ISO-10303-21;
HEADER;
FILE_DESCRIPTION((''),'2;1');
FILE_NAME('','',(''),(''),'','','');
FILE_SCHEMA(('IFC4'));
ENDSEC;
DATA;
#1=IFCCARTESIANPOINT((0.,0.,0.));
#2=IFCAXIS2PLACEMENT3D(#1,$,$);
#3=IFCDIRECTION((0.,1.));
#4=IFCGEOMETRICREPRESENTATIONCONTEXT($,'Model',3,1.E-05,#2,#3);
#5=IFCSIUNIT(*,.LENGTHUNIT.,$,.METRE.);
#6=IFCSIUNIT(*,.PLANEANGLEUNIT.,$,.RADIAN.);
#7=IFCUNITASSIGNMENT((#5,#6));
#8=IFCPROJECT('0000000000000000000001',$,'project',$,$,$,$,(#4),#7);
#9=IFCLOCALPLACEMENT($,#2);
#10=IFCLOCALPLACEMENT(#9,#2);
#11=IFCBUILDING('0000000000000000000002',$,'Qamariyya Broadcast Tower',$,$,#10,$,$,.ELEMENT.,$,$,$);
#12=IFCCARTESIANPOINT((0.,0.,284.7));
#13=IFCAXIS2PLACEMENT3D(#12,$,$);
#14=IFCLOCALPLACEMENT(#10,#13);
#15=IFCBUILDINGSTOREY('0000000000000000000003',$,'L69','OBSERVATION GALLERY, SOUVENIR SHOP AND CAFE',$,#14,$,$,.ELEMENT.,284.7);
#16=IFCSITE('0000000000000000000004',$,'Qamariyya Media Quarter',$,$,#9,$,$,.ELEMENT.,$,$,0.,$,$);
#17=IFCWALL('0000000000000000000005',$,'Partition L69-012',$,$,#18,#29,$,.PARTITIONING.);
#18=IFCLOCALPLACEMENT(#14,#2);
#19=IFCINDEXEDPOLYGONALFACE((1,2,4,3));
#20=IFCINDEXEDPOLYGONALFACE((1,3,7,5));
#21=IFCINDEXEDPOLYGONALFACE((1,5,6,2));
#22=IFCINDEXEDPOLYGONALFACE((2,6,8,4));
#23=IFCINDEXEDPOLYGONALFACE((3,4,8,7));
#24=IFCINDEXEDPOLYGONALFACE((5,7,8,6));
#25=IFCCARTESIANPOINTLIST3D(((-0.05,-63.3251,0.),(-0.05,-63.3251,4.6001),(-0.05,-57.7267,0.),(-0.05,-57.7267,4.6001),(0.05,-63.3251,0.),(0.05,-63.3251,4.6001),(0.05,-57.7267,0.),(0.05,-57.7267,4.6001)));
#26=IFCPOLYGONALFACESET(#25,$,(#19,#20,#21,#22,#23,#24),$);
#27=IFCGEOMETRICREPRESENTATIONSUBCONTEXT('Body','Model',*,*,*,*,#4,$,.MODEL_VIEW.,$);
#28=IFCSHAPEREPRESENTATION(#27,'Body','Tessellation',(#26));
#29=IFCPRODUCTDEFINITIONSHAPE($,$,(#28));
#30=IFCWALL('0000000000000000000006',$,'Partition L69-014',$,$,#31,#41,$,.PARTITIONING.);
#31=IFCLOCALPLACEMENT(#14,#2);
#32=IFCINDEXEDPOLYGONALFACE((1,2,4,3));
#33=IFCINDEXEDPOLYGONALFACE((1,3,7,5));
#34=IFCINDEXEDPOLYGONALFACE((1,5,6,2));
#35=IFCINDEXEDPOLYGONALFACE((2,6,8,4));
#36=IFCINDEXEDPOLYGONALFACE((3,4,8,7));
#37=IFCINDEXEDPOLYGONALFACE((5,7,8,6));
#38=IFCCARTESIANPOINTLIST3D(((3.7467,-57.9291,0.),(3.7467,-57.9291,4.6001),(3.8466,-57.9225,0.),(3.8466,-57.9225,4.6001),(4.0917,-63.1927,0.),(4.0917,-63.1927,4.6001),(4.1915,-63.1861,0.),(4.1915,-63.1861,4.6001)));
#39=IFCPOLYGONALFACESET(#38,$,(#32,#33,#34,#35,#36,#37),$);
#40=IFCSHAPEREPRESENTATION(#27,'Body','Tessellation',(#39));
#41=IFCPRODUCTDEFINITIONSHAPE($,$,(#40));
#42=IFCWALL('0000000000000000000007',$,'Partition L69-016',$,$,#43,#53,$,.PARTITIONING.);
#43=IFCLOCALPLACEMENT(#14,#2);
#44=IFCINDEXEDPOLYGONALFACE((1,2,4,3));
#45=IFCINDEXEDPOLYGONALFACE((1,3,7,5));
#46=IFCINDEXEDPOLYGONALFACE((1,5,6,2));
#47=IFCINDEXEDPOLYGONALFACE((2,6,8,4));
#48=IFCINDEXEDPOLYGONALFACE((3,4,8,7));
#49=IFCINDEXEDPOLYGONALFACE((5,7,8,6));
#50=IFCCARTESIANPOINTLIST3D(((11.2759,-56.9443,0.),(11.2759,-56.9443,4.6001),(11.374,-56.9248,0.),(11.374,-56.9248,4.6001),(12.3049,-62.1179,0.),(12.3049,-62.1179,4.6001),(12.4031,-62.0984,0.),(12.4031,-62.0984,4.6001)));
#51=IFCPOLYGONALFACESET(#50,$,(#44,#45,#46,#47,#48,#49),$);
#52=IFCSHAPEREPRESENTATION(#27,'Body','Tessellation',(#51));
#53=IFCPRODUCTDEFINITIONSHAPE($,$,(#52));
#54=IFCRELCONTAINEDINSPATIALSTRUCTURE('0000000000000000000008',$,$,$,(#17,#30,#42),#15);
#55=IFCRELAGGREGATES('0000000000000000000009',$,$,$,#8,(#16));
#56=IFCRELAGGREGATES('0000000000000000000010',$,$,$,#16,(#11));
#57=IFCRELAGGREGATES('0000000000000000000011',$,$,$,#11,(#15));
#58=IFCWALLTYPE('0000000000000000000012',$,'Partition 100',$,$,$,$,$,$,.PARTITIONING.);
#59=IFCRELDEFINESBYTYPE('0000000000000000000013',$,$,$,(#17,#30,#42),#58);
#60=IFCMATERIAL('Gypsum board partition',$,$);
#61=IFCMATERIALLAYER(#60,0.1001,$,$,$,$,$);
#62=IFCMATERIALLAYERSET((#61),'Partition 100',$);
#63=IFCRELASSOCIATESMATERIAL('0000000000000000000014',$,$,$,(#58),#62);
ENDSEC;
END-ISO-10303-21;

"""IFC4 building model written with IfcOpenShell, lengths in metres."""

from ifc_helpers import new_model, si_unit, direction, frame, frame_2d, origin, place, context, subcontext, project, spatial, rectangle, extrude, material, layer, layer_set, type_object, element, save


model = new_model("IFC4")

# Units and contexts
model_context = context("Model", 3, precision=1e-05, world=origin(), true_north=direction((0.0, 1.0)))
body_context = subcontext(model_context, "Body", "Model", "MODEL_VIEW")
ifc_project = project(units=[si_unit("LENGTHUNIT", "METRE"), si_unit("PLANEANGLEUNIT", "RADIAN")], contexts=[model_context])

# Site, building, storey
site_placement = place(None, origin())
site = spatial("IfcSite", under=ifc_project, at=site_placement, Name="Qamariyya Media Quarter", CompositionType="ELEMENT", RefElevation=0.0)
building_placement = place(site_placement, origin())
building = spatial("IfcBuilding", under=site, at=building_placement, Name="Qamariyya Broadcast Tower", CompositionType="ELEMENT")
storey_placement = place(building_placement, frame((0.0, 0.0, 284.7)))
storey = spatial("IfcBuildingStorey", under=building, at=storey_placement, Name="L69", Description="OBSERVATION GALLERY, SOUVENIR SHOP AND CAFE", CompositionType="ELEMENT", Elevation=284.7)

# Shared definitions
ifc_material_1 = material(Name="Gypsum board partition")

# Walls
ifc_layer_1 = layer(ifc_material_1, 0.1001)
ifc_layer_set_1 = layer_set([ifc_layer_1], Name="Partition 100")
wall_type_1 = type_object("IfcWallType", Name="Partition 100", PredefinedType="PARTITIONING", material=ifc_layer_set_1)
wall_1_placement = place(storey_placement, frame((0.0, -57.7266, 0.0), z_axis=(0.0, 0.0, 1.0), x_axis=(0.0, -1.0, 0.0)))
element("IfcWall", 1, at=wall_1_placement, inside=storey, type_object=wall_type_1, Name="Partition L69-012", PredefinedType="PARTITIONING", context=body_context, shape_type="SweptSolid", body=[
    extrude(rectangle(XDim=5.5984, YDim=0.1001, at=frame_2d((2.7993, 0.0))), origin(), (0.0, 0.0, 1.0), 4.6001),
])
for number, where, z_axis, x_axis, name in (
    (2, (3.7966, -57.9258, 0.0), (0.0, 0.0, 1.0), (0.065398, -0.997859, 0.0), "Partition L69-014"),
    (3, (11.325, -56.9346, 0.0), (0.0, 0.0, 1.0), (0.195084, -0.980787, 0.0), "Partition L69-016"),
):
    element("IfcWall", number, at=place(storey_placement, frame(where, z_axis=z_axis, x_axis=x_axis)), inside=storey, type_object=wall_type_1, Name=name, PredefinedType="PARTITIONING", context=body_context, shape_type="SweptSolid", body=[
        extrude(rectangle(XDim=5.2749, YDim=0.1001, at=frame_2d((2.6375, 0.0))), origin(), (0.0, 0.0, 1.0), 4.6001),
    ])

save(model, "model.ifc")
